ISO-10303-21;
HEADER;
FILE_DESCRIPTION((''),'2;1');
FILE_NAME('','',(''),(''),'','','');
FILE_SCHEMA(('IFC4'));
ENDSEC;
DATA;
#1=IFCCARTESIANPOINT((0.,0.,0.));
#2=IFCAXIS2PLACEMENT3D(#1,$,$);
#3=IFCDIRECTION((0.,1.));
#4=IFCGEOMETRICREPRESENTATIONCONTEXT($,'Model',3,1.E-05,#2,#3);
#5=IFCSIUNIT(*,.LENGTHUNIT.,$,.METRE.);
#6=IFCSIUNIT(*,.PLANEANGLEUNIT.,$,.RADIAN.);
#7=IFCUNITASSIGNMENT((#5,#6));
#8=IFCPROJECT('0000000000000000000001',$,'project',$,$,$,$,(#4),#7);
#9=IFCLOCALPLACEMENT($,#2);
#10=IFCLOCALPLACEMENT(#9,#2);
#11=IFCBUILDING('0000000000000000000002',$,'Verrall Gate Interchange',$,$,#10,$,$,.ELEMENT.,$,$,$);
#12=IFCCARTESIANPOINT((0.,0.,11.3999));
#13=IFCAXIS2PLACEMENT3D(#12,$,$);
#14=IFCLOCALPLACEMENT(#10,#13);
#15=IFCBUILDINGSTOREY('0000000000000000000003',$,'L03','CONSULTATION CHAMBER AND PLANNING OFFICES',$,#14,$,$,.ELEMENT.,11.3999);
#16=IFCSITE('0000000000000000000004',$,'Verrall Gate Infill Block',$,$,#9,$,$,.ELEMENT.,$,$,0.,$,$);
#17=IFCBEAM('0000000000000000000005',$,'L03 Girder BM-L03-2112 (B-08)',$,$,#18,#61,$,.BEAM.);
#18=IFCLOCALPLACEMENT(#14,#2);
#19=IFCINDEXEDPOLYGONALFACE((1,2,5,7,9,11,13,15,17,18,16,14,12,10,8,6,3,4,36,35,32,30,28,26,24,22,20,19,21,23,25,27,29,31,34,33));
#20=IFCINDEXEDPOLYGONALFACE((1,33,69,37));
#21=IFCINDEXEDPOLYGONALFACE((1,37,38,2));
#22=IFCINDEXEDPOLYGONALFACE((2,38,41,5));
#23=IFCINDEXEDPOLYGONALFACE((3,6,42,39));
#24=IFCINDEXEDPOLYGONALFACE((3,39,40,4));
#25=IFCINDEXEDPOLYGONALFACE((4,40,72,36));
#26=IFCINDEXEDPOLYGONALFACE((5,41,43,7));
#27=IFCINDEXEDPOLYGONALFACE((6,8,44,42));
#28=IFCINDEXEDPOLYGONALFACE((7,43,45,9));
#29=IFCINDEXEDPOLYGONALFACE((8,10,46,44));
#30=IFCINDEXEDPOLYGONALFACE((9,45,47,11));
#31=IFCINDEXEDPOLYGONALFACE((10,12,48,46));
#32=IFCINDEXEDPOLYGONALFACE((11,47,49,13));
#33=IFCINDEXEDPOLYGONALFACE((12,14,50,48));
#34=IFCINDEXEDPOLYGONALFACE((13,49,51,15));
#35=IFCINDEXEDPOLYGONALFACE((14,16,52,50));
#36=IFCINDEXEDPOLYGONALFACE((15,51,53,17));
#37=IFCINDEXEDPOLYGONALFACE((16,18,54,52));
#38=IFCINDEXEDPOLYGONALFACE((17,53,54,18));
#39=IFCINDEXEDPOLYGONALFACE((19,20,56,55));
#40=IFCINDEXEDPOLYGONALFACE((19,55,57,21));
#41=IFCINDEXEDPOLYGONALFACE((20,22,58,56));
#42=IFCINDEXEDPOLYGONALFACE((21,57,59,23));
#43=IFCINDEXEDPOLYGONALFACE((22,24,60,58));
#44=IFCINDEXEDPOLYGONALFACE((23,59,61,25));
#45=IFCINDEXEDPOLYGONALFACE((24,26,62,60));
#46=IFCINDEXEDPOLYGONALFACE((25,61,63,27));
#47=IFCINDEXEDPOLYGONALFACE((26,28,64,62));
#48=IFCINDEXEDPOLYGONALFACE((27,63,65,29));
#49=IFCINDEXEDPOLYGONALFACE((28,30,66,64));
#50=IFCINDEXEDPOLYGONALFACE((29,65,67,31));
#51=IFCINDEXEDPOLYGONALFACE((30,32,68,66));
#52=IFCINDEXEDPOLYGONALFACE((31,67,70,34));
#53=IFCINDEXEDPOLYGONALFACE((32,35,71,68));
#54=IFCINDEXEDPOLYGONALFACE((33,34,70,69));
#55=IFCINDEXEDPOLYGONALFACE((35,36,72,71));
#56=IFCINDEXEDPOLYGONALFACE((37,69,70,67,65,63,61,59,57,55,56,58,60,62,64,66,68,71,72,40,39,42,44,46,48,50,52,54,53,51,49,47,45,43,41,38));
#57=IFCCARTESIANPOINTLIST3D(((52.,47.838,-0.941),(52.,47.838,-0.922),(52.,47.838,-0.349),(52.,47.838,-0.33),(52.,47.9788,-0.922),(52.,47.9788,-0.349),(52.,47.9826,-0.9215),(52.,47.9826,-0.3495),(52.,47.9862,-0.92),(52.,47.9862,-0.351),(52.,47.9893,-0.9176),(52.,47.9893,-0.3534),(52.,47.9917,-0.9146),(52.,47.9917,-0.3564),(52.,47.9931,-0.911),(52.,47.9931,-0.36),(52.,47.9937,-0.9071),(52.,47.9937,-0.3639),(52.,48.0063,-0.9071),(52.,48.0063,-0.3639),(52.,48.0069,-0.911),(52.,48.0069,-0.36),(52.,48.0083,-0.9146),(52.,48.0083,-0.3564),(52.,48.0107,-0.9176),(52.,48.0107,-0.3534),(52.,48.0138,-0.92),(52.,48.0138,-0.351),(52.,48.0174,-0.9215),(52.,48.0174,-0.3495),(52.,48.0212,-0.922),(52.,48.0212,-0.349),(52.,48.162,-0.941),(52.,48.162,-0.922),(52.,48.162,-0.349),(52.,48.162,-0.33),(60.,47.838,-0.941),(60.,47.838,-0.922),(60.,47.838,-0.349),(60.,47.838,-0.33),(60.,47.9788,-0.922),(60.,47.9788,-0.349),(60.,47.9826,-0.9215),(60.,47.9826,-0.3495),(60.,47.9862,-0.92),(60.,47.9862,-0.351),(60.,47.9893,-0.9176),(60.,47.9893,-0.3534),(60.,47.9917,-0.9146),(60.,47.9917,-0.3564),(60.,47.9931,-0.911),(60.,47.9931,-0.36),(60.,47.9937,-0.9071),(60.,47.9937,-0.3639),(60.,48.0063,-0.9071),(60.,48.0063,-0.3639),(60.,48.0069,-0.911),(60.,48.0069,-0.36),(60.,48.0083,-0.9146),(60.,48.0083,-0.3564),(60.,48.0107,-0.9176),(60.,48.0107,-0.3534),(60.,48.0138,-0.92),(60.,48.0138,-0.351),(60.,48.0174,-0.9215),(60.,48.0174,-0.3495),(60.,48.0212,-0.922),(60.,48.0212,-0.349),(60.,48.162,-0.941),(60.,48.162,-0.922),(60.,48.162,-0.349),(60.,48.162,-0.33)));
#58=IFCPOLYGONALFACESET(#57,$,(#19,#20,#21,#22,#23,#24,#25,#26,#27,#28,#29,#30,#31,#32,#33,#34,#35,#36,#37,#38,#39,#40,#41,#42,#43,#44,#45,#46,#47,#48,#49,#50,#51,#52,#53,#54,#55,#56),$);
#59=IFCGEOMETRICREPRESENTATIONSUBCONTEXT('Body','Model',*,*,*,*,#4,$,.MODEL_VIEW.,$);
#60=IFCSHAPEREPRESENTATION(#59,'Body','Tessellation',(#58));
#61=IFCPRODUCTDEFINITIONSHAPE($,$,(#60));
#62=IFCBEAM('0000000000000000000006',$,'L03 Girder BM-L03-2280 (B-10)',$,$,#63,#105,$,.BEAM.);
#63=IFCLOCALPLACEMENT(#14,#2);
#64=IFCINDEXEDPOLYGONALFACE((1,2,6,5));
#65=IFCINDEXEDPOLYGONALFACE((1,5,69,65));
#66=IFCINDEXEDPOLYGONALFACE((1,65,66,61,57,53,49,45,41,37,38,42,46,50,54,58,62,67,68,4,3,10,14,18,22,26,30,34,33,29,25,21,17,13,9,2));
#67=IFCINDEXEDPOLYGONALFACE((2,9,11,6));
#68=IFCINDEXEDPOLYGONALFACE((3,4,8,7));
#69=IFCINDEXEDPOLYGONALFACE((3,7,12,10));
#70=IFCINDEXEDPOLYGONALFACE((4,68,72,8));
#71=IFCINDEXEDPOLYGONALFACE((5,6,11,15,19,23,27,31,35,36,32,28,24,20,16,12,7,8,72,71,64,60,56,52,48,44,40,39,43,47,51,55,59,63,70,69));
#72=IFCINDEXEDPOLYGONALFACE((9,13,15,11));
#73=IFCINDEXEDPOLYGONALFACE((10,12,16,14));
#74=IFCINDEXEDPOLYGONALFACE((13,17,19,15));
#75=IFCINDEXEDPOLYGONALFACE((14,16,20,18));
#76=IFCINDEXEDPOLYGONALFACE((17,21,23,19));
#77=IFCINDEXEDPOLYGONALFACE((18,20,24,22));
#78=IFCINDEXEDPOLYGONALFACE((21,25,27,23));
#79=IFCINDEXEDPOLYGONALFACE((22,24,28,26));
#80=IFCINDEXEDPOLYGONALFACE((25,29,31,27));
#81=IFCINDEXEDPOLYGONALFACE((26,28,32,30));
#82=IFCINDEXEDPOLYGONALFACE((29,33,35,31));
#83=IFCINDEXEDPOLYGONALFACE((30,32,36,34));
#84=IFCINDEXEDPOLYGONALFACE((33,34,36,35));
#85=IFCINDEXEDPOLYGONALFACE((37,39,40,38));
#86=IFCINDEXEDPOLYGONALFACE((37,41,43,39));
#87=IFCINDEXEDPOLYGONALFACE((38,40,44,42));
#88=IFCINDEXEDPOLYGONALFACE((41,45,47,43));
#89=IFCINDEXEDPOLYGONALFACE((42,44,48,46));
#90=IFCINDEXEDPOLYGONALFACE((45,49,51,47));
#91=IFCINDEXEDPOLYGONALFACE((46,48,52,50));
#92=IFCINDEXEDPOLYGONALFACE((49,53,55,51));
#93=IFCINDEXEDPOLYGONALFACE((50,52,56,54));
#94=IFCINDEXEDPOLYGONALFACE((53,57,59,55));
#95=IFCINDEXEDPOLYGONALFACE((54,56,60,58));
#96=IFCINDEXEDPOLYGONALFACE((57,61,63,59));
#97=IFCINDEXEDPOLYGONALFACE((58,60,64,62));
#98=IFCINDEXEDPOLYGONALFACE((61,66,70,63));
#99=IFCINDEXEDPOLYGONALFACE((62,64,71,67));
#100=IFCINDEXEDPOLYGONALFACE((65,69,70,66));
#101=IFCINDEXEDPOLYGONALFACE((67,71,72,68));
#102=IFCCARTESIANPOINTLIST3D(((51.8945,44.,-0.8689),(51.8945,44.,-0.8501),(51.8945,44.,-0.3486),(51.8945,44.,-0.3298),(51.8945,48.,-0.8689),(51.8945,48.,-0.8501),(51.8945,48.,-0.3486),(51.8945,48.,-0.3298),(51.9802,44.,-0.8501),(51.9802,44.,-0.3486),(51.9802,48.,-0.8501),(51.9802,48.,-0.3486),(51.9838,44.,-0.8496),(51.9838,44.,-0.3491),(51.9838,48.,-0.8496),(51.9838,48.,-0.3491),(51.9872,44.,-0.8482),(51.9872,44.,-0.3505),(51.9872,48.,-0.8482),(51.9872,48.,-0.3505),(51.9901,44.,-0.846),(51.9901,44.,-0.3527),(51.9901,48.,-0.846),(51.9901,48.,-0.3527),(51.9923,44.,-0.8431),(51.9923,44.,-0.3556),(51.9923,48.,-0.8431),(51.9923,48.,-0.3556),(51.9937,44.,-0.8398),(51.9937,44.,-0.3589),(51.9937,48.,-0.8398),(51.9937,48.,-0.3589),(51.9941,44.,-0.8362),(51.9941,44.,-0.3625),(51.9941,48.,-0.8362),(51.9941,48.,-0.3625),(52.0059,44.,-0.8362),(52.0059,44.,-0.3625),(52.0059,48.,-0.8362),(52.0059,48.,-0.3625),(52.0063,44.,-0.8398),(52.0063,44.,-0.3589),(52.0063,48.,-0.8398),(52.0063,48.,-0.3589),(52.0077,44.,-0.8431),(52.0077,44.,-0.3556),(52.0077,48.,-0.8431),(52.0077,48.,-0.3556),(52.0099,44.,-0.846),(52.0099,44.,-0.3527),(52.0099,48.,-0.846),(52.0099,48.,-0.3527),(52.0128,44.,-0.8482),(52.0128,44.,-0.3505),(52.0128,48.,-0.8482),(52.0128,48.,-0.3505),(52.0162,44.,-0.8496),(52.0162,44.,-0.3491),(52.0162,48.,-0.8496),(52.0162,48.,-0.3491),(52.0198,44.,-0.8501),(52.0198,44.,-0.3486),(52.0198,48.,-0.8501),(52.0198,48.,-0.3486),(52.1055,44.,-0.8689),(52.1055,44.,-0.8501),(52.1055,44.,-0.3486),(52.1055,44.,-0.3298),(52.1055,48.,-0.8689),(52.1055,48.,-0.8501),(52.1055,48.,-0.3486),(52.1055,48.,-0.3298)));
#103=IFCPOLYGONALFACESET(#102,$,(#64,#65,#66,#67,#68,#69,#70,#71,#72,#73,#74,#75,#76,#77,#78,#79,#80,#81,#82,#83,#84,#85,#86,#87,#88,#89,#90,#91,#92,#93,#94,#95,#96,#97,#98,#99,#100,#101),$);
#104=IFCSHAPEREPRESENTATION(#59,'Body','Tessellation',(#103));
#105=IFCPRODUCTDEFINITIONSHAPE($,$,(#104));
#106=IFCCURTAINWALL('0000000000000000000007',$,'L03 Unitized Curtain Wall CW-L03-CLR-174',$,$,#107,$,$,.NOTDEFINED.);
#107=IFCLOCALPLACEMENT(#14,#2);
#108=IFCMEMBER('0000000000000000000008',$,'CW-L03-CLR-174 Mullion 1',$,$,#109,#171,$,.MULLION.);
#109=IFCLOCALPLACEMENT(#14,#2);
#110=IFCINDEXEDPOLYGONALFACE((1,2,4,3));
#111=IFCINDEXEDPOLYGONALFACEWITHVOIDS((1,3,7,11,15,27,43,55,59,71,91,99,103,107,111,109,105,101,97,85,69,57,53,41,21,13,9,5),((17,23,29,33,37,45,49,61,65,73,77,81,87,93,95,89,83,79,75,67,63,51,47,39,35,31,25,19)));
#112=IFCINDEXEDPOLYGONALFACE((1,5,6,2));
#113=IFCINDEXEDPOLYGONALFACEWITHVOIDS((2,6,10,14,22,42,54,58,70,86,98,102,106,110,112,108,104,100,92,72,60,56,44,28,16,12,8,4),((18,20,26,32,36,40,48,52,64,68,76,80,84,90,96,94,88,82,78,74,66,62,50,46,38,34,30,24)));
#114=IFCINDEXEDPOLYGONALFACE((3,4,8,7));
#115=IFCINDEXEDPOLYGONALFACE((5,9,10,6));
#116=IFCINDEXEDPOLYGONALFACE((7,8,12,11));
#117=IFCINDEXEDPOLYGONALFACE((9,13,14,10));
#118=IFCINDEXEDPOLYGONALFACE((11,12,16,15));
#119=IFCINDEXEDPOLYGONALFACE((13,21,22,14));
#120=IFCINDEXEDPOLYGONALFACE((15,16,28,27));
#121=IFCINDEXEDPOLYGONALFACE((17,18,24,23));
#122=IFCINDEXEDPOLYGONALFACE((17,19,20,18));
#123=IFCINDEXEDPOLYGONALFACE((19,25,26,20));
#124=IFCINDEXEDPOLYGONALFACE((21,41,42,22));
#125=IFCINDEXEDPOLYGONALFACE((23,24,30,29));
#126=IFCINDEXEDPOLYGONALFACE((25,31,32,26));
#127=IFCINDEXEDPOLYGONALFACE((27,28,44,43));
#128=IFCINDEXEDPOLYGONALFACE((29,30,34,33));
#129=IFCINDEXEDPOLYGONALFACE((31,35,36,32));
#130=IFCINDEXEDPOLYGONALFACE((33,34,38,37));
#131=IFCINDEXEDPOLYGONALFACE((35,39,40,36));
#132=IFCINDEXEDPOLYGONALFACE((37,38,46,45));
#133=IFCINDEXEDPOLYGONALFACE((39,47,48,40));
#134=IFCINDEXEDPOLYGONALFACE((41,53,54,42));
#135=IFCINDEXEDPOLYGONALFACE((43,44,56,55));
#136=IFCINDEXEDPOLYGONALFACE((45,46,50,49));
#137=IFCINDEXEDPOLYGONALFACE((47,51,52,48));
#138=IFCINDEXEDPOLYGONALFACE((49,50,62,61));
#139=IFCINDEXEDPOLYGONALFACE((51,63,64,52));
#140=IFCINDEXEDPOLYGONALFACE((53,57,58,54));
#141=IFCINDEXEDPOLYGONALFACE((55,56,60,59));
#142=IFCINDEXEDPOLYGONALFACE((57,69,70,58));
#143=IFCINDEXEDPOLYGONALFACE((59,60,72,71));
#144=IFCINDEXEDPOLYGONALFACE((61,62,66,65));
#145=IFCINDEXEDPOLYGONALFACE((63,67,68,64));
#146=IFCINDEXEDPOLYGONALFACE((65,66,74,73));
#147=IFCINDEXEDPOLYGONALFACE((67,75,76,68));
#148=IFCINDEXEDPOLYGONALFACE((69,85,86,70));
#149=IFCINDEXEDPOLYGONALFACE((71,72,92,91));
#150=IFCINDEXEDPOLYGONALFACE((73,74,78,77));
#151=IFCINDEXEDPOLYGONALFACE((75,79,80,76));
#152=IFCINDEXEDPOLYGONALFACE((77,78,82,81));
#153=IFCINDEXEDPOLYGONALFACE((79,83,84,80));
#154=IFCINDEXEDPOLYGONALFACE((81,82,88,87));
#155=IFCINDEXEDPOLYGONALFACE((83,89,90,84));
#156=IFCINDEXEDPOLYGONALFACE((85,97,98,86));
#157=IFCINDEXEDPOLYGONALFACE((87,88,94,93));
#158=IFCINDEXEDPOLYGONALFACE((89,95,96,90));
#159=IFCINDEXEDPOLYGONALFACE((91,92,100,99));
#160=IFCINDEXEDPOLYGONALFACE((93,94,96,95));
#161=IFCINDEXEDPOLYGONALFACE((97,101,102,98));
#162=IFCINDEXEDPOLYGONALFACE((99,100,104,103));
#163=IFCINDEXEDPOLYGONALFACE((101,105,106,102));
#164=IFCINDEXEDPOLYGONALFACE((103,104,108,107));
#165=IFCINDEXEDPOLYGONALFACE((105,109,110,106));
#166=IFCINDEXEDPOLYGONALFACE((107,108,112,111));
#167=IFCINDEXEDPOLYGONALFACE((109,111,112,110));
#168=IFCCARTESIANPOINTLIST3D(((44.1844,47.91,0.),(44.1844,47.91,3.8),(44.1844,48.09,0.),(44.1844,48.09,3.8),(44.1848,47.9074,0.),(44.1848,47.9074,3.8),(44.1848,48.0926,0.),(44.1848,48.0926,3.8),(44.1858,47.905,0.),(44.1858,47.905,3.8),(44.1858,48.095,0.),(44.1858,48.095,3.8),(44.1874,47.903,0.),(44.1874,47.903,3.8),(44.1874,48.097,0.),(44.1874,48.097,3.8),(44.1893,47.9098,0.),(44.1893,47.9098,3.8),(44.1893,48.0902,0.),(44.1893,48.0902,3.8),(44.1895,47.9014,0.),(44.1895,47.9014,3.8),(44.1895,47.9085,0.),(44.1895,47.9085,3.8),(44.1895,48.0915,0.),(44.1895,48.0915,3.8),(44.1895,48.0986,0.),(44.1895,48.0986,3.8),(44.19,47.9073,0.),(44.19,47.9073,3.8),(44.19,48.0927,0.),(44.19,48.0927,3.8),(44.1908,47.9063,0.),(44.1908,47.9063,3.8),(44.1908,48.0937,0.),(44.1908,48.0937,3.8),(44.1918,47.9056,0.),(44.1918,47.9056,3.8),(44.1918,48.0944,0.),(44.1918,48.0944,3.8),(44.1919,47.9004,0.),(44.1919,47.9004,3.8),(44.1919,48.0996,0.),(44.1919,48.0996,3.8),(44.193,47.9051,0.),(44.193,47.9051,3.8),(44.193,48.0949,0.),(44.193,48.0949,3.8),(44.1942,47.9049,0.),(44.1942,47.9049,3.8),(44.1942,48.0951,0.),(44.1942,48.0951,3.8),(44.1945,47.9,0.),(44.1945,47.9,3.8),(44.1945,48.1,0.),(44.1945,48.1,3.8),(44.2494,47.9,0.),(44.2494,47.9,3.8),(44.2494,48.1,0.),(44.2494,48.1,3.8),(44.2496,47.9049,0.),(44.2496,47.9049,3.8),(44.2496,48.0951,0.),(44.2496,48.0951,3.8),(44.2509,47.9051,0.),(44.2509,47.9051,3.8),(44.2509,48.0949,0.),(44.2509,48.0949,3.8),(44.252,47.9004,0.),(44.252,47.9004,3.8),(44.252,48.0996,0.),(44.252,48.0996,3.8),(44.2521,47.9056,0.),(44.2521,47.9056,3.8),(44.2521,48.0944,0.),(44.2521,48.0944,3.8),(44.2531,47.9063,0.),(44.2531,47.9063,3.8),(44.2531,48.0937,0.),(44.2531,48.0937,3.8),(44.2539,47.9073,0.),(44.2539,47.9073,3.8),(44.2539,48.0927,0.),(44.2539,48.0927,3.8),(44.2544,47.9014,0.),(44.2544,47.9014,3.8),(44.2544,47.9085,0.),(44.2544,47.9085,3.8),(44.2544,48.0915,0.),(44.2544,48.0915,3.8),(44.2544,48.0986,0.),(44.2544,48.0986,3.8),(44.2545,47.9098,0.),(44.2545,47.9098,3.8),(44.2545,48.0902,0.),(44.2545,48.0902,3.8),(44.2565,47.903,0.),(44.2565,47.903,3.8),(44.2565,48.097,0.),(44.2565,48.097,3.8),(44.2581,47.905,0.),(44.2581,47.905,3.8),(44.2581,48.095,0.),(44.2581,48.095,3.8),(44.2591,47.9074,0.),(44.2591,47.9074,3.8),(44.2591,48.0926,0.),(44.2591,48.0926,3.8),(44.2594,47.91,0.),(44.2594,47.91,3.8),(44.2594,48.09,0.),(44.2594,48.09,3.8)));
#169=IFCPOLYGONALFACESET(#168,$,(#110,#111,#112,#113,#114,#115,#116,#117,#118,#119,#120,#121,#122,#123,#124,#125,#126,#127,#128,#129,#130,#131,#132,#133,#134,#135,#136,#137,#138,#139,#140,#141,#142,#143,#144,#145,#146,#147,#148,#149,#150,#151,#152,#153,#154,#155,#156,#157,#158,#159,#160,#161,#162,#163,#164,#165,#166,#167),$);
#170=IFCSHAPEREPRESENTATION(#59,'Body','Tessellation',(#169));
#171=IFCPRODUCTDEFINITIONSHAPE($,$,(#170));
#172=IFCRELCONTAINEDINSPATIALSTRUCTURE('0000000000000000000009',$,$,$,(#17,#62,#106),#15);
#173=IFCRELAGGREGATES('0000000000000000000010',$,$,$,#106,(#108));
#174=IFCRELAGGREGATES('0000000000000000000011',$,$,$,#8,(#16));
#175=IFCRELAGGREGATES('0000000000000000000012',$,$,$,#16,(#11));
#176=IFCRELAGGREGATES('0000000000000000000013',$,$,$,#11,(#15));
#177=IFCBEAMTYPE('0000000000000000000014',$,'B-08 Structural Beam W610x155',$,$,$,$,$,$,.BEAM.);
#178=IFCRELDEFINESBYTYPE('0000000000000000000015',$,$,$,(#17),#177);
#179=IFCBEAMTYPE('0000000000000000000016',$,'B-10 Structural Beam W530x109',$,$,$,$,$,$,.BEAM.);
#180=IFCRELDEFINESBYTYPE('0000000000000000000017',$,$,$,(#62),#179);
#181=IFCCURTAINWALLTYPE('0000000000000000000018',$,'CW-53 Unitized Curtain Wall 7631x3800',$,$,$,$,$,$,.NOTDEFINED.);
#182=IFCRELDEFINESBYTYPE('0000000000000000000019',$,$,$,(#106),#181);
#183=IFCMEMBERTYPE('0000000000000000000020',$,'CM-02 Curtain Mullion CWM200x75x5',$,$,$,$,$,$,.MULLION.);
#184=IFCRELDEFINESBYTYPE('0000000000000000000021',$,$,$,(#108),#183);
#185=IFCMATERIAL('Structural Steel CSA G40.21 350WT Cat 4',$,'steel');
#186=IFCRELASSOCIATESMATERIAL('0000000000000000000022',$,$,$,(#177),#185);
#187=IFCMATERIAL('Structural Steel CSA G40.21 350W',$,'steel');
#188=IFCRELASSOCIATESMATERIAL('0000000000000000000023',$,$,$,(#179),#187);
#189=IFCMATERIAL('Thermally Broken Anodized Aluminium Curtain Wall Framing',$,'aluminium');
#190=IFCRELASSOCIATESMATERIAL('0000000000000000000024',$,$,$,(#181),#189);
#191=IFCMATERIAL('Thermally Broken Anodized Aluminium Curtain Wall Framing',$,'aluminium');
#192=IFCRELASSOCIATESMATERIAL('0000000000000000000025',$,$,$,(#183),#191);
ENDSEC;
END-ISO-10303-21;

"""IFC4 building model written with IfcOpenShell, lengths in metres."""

from ifc_helpers import new_model, si_unit, direction, frame, origin, origin_2d, place, context, subcontext, project, spatial, hollow_rectangle, i_section, extrude, material, material_profile, profile_set, type_object, element, aggregate, save


model = new_model("IFC4")

# Units and contexts
model_context = context("Model", 3, precision=1e-05, world=origin(), true_north=direction((0.0, 1.0)))
body_context = subcontext(model_context, "Body", "Model", "MODEL_VIEW")
ifc_project = project(units=[si_unit("LENGTHUNIT", "METRE"), si_unit("PLANEANGLEUNIT", "RADIAN")], contexts=[model_context])

# Site, building, storey
site_placement = place(None, origin())
site = spatial("IfcSite", under=ifc_project, at=site_placement, Name="Verrall Gate Infill Block", CompositionType="ELEMENT", RefElevation=0.0)
building_placement = place(site_placement, origin())
building = spatial("IfcBuilding", under=site, at=building_placement, Name="Verrall Gate Interchange", CompositionType="ELEMENT")
storey_placement = place(building_placement, frame((0.0, 0.0, 11.3999)))
storey = spatial("IfcBuildingStorey", under=building, at=storey_placement, Name="L03", Description="CONSULTATION CHAMBER AND PLANNING OFFICES", CompositionType="ELEMENT", Elevation=11.3999)

# Beams
ifc_material_1 = material(Name="Structural Steel CSA G40.21 350WT Cat 4", Category="steel")
ifc_material_profile_1 = material_profile(ifc_material_1, i_section(OverallWidth=0.324, OverallDepth=0.6111, WebThickness=0.0127, FlangeThickness=0.019, FilletRadius=0.0149, at=origin_2d()), Name="W610x155")
ifc_profile_set_1 = profile_set([ifc_material_profile_1], Name="Structural Steel CSA G40.21 350WT Cat 4")
beam_type_1 = type_object("IfcBeamType", Name="B-08 Structural Beam W610x155", PredefinedType="BEAM", material=ifc_profile_set_1)
for number, where, z_axis, x_axis, name in (
    (1, (52.0, 48.0, -0.6355), (1.0, 0.0, 0.0), (0.0, 1.0, 0.0), "L03 Girder BM-L03-2112 (B-08)"),
):
    element("IfcBeam", number, at=place(storey_placement, frame(where, z_axis=z_axis, x_axis=x_axis)), inside=storey, type_object=beam_type_1, Name=name, PredefinedType="BEAM", context=body_context, shape_type="SweptSolid", body=[
        extrude(i_section(OverallWidth=0.324, OverallDepth=0.6111, WebThickness=0.0127, FlangeThickness=0.019, FilletRadius=0.0149, at=origin_2d()), origin(), (0.0, 0.0, 1.0), 8.0),
    ])
ifc_material_2 = material(Name="Structural Steel CSA G40.21 350W", Category="steel")
ifc_material_profile_2 = material_profile(ifc_material_2, i_section(OverallWidth=0.2109, OverallDepth=0.5391, WebThickness=0.0117, FlangeThickness=0.0188, FilletRadius=0.0139, at=origin_2d()), Name="W530x109")
ifc_profile_set_2 = profile_set([ifc_material_profile_2], Name="Structural Steel CSA G40.21 350W")
beam_type_2 = type_object("IfcBeamType", Name="B-10 Structural Beam W530x109", PredefinedType="BEAM", material=ifc_profile_set_2)
beam_1_placement = place(storey_placement, frame((52.0, 44.0, -0.5994), z_axis=(0.0, 1.0, 0.0), x_axis=(-1.0, 0.0, 0.0)))
element("IfcBeam", 2, at=beam_1_placement, inside=storey, type_object=beam_type_2, Name="L03 Girder BM-L03-2280 (B-10)", PredefinedType="BEAM", context=body_context, shape_type="SweptSolid", body=[
    extrude(i_section(OverallWidth=0.2109, OverallDepth=0.5391, WebThickness=0.0117, FlangeThickness=0.0188, FilletRadius=0.0139, at=origin_2d()), origin(), (0.0, 0.0, 1.0), 4.0),
])

# Curtain wall, member
ifc_material_3 = material(Name="Thermally Broken Anodized Aluminium Curtain Wall Framing", Category="aluminium")
curtain_wall_type = type_object("IfcCurtainWallType", Name="CW-53 Unitized Curtain Wall 7631x3800", PredefinedType="NOTDEFINED", material=ifc_material_3)
curtain_wall_placement = place(storey_placement, origin())
curtain_wall = element("IfcCurtainWall", 3, at=curtain_wall_placement, inside=storey, type_object=curtain_wall_type, Name="L03 Unitized Curtain Wall CW-L03-CLR-174", PredefinedType="NOTDEFINED")
ifc_material_4 = material(Name="Thermally Broken Anodized Aluminium Curtain Wall Framing", Category="aluminium")
ifc_material_profile_3 = material_profile(ifc_material_4, hollow_rectangle(XDim=0.075, YDim=0.2, WallThickness=0.0049, InnerFilletRadius=0.0049, OuterFilletRadius=0.01, at=origin_2d()), Name="CWM200x75x5")
ifc_profile_set_3 = profile_set([ifc_material_profile_3], Name="Thermally Broken Anodized Aluminium Curtain Wall Framing")
member_type_1 = type_object("IfcMemberType", Name="CM-02 Curtain Mullion CWM200x75x5", PredefinedType="MULLION", material=ifc_profile_set_3)
member_1_placement = place(storey_placement, frame((44.2219, 48.0, 0.0), z_axis=(0.0, 0.0, 1.0), x_axis=(1.0, 0.0, 0.0)))
member_1 = element("IfcMember", 4, at=member_1_placement, type_object=member_type_1, Name="CW-L03-CLR-174 Mullion 1", PredefinedType="MULLION", context=body_context, shape_type="SweptSolid", body=[
    extrude(hollow_rectangle(XDim=0.075, YDim=0.2, WallThickness=0.0049, InnerFilletRadius=0.0049, OuterFilletRadius=0.01, at=origin_2d()), origin(), (0.0, 0.0, 1.0), 3.8),
])

aggregate(curtain_wall, [member_1])

save(model, "model.ifc")
